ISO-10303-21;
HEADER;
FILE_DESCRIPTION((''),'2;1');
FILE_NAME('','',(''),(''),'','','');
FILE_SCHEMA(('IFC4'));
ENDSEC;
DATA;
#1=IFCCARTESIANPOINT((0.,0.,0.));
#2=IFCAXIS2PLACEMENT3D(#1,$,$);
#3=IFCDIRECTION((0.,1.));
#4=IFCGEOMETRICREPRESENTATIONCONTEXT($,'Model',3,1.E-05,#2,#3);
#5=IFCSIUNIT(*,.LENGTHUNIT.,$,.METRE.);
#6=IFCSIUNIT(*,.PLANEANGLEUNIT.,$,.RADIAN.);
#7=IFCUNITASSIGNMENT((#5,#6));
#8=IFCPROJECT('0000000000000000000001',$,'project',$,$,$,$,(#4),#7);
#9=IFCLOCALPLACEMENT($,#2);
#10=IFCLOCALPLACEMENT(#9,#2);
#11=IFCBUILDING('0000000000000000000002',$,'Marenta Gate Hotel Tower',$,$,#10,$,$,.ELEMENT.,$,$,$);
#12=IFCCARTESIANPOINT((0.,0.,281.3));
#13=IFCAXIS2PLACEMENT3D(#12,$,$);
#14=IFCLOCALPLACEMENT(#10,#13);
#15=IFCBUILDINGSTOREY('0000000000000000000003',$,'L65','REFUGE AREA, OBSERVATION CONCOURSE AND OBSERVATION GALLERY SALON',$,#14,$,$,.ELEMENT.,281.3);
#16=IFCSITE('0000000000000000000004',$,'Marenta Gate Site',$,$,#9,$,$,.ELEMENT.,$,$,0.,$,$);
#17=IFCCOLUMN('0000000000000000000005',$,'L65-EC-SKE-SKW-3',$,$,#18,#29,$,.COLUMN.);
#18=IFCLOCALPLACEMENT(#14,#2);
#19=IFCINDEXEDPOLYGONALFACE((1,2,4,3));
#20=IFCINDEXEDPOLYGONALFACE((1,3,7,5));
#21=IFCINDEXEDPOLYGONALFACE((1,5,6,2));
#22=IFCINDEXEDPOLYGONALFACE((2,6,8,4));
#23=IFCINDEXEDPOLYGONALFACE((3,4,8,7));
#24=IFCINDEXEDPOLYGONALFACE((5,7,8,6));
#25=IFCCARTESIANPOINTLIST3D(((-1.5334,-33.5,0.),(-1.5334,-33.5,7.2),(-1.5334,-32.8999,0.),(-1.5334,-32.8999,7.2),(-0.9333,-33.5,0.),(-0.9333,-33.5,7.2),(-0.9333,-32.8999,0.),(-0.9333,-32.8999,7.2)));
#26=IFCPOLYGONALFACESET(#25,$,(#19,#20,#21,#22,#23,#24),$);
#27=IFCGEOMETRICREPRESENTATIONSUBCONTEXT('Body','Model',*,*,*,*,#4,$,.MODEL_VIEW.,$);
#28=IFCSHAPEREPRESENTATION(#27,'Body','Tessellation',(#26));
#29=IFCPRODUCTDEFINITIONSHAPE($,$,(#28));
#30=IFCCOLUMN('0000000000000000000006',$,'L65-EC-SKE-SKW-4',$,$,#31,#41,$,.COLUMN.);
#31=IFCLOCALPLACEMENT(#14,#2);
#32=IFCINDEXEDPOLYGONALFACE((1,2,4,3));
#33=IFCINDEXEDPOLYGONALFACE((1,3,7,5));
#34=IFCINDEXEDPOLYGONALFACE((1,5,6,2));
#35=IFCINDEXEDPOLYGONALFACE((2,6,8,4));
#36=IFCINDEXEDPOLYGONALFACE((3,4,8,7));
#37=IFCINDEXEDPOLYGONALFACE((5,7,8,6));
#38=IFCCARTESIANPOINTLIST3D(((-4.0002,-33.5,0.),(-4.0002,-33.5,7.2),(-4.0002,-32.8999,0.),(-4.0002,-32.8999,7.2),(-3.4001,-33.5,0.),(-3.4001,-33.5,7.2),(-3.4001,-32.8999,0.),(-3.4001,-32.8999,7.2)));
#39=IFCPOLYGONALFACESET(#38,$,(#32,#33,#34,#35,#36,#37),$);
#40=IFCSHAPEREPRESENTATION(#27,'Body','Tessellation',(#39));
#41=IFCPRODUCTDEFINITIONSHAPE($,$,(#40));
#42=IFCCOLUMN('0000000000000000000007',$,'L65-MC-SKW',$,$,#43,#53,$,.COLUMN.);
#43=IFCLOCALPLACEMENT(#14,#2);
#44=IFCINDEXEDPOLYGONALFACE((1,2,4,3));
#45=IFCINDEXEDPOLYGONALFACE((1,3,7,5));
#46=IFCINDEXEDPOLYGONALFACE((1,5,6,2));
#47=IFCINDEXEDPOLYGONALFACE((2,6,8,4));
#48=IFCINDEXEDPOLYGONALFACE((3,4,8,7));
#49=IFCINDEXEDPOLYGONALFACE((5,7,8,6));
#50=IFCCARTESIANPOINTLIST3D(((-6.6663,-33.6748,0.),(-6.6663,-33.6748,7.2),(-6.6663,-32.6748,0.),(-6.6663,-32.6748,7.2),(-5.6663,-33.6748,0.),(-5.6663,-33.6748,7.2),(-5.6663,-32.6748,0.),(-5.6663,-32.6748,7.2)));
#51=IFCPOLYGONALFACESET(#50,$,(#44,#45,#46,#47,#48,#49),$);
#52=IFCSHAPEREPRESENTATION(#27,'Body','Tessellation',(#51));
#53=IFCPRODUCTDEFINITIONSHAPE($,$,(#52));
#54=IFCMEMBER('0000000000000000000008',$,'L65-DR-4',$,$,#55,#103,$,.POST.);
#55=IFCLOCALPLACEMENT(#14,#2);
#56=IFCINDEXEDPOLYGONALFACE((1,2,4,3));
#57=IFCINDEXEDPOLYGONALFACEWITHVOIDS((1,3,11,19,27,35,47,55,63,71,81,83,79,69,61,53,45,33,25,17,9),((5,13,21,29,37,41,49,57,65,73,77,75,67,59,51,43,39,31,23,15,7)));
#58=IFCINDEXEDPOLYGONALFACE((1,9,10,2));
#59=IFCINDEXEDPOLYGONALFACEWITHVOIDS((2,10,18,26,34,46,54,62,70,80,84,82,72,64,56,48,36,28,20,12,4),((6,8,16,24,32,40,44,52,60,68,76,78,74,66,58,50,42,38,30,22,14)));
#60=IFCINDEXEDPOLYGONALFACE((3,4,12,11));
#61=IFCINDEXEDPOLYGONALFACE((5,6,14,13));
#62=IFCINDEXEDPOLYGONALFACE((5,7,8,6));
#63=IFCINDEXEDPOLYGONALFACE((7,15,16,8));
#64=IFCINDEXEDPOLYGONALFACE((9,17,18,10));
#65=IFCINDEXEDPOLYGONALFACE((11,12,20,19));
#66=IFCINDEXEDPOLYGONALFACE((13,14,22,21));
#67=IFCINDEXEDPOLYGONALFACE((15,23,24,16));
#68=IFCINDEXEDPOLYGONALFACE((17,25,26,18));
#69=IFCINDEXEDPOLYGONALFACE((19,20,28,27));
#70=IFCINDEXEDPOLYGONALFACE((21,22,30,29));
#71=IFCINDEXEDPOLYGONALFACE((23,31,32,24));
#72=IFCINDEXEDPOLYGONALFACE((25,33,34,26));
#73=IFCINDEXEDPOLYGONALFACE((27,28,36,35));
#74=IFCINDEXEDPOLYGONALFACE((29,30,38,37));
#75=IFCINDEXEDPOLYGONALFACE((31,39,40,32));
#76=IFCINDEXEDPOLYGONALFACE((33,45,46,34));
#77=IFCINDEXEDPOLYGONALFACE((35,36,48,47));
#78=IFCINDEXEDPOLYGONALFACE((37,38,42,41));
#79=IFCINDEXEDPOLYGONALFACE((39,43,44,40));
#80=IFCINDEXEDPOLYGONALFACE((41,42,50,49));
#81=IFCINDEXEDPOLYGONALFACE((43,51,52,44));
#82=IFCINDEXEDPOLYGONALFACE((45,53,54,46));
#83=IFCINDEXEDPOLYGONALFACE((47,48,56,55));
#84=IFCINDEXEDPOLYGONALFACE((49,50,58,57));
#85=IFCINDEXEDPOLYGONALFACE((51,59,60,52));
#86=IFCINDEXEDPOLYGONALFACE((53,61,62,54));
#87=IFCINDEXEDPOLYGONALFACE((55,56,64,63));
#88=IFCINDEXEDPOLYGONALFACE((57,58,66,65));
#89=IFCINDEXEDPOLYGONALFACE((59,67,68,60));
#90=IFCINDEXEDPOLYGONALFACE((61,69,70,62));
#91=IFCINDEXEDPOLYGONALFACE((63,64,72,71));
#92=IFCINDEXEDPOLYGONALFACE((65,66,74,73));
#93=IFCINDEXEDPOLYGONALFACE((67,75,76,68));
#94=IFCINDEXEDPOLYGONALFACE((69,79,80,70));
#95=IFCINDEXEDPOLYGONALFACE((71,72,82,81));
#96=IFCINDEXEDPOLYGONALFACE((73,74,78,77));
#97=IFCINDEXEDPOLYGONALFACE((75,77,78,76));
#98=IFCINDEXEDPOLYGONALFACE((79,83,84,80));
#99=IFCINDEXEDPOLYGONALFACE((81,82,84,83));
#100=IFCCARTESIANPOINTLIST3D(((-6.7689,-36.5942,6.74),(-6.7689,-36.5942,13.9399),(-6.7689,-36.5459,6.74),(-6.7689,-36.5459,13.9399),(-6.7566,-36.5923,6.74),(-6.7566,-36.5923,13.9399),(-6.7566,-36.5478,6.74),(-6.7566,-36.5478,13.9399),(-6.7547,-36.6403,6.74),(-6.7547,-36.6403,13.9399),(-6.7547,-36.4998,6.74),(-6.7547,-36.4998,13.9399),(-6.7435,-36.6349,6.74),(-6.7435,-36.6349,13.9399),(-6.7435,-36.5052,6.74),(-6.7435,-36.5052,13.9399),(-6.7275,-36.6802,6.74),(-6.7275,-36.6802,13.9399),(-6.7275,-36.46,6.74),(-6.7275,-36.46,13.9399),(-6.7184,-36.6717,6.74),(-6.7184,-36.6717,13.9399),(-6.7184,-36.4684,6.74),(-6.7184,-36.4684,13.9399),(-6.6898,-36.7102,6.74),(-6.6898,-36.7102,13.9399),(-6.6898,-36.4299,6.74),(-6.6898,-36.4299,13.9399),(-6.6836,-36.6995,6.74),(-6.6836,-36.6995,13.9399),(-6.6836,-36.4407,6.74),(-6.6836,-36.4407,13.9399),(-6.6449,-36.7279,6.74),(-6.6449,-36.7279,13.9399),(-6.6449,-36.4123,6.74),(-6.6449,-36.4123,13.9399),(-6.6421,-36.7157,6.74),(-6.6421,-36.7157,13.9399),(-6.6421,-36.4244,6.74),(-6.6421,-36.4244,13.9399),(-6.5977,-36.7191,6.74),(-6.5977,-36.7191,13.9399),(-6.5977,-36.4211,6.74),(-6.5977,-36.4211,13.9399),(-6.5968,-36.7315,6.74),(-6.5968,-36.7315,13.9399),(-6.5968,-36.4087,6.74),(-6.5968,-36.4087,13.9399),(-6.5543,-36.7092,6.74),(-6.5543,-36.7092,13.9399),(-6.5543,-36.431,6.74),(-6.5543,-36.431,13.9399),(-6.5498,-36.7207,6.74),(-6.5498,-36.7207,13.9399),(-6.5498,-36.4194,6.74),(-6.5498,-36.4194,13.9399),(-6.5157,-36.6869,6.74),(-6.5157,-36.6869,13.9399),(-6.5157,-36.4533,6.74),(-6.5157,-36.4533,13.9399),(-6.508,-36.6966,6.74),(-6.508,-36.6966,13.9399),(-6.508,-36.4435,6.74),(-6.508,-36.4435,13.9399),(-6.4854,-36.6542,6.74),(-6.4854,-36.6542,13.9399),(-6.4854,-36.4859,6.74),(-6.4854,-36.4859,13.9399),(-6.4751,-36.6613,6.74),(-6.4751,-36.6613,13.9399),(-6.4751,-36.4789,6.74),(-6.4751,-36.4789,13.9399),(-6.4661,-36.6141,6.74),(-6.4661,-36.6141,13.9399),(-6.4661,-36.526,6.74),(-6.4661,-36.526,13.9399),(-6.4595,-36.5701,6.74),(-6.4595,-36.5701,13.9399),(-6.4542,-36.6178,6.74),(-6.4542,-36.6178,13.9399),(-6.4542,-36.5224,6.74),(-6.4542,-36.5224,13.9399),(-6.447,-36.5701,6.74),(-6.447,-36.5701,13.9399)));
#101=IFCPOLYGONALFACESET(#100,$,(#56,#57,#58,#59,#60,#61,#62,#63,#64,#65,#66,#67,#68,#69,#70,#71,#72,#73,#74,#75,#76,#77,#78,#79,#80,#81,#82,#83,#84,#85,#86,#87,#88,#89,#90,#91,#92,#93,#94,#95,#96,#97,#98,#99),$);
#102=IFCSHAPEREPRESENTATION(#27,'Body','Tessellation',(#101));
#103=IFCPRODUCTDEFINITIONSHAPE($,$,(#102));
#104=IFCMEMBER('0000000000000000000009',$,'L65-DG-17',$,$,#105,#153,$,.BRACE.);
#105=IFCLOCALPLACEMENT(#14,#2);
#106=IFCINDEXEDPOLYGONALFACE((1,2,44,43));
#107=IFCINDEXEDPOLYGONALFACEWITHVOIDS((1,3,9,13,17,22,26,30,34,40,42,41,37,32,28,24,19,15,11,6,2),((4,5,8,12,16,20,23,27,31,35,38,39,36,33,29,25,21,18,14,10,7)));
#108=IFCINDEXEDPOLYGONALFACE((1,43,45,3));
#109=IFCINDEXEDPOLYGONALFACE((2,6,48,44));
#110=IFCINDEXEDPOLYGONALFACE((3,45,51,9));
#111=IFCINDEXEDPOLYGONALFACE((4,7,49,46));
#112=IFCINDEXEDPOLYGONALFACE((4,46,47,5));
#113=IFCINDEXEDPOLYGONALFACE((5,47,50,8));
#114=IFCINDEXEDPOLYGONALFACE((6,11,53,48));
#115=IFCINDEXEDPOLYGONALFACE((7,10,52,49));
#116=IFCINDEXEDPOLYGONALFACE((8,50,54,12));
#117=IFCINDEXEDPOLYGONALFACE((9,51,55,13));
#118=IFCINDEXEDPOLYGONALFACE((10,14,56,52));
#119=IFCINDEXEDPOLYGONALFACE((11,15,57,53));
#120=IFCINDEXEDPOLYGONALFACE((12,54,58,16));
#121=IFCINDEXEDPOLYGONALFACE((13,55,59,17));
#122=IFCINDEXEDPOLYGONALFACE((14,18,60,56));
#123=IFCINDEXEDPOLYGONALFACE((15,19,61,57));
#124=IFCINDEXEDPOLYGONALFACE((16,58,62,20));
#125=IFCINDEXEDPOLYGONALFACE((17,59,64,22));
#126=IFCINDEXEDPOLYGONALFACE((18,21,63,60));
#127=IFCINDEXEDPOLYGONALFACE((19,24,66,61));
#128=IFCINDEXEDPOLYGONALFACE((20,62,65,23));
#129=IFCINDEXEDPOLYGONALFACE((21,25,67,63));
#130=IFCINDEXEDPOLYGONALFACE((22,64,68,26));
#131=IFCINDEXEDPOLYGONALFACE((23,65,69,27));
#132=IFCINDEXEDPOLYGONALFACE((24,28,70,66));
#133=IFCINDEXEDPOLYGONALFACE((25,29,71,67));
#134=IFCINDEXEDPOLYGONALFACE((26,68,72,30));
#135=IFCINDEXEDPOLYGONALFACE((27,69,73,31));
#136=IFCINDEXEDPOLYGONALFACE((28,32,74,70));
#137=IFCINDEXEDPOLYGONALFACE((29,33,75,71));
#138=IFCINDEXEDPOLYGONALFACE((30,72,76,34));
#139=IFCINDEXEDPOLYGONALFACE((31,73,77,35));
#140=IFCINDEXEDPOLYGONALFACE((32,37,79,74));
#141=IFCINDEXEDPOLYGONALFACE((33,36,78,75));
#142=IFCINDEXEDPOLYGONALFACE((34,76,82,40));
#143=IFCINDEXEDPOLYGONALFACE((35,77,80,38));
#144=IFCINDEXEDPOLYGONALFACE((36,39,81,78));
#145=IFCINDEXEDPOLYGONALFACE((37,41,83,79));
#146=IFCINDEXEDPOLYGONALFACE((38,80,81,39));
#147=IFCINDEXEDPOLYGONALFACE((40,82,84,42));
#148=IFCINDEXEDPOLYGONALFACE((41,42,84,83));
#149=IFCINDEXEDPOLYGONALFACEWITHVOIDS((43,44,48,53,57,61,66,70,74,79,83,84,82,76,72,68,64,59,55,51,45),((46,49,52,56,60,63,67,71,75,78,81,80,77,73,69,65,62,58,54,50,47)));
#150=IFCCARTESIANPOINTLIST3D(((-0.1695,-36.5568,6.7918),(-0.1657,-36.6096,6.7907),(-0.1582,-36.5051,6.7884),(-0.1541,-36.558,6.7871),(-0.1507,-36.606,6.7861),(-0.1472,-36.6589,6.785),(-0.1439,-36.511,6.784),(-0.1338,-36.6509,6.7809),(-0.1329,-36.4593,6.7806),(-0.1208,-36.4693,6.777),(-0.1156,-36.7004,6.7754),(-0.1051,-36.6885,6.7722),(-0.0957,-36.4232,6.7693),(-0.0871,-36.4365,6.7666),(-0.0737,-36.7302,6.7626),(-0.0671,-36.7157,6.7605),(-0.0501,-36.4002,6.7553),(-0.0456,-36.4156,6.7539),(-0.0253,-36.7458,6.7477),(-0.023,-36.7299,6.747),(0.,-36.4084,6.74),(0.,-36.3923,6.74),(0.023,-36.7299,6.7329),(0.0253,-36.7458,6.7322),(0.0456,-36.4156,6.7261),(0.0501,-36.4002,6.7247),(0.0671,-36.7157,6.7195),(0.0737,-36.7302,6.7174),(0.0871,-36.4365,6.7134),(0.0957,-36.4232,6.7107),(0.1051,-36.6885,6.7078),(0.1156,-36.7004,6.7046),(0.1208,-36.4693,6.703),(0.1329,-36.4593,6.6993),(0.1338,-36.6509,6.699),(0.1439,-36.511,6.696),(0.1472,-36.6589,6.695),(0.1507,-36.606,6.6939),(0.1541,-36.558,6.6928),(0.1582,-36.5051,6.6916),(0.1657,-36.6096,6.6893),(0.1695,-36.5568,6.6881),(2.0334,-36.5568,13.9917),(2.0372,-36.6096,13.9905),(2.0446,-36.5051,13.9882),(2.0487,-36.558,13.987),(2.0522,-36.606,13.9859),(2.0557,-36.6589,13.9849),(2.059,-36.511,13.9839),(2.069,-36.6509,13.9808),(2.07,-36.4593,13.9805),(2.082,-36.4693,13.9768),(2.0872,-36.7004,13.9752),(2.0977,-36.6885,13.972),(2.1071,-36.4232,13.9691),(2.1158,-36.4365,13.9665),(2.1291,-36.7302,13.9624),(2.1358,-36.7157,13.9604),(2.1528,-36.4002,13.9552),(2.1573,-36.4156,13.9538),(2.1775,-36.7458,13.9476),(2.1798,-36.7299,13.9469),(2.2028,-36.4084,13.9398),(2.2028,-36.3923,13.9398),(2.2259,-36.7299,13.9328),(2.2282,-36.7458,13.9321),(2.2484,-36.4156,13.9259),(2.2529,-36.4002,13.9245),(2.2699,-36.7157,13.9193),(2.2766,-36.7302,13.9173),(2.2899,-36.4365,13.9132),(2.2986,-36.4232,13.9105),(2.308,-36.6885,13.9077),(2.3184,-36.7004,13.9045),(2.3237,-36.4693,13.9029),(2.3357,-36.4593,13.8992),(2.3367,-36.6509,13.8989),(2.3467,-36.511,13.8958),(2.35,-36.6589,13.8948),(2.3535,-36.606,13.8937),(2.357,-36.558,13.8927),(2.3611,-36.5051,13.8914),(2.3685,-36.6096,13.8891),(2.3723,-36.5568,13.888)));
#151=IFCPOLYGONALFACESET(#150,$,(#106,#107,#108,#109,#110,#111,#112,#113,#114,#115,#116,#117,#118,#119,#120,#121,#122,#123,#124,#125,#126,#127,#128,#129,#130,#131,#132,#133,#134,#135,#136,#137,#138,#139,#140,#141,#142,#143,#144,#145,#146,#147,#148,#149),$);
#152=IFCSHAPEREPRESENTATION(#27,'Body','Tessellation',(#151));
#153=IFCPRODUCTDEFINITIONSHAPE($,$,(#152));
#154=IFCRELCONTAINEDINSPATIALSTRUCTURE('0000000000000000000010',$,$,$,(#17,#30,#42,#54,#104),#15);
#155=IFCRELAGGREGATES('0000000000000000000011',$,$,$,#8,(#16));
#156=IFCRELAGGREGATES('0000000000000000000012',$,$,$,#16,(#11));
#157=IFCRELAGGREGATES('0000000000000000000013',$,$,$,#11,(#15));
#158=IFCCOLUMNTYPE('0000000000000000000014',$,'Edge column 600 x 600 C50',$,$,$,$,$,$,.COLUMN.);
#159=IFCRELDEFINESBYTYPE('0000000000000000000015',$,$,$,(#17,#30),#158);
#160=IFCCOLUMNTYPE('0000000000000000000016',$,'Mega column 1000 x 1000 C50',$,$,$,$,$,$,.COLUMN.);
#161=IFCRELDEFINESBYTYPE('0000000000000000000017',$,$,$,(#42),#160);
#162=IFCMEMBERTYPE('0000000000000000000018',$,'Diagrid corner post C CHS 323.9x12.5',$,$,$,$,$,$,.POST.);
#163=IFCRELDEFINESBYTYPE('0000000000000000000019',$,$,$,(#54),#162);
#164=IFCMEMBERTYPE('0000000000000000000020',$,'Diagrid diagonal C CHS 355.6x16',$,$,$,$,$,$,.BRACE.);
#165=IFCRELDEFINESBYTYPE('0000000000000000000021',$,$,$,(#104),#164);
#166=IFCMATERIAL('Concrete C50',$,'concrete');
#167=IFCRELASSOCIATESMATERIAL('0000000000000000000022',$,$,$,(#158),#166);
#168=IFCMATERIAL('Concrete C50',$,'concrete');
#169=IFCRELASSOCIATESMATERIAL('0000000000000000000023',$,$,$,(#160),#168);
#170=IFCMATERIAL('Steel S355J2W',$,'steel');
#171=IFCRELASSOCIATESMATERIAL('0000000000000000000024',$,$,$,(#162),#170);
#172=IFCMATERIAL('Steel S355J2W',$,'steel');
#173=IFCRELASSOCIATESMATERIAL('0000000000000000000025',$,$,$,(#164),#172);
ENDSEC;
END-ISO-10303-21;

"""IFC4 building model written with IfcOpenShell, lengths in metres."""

from ifc_helpers import new_model, si_unit, direction, frame, origin, origin_2d, place, context, subcontext, project, spatial, rectangle, hollow_circle, extrude, material, material_profile, profile_set, type_object, element, save


model = new_model("IFC4")

# Units and contexts
model_context = context("Model", 3, precision=1e-05, world=origin(), true_north=direction((0.0, 1.0)))
body_context = subcontext(model_context, "Body", "Model", "MODEL_VIEW")
ifc_project = project(units=[si_unit("LENGTHUNIT", "METRE"), si_unit("PLANEANGLEUNIT", "RADIAN")], contexts=[model_context])

# Site, building, storey
site_placement = place(None, origin())
site = spatial("IfcSite", under=ifc_project, at=site_placement, Name="Marenta Gate Site", CompositionType="ELEMENT", RefElevation=0.0)
building_placement = place(site_placement, origin())
building = spatial("IfcBuilding", under=site, at=building_placement, Name="Marenta Gate Hotel Tower", CompositionType="ELEMENT")
storey_placement = place(building_placement, frame((0.0, 0.0, 281.3)))
storey = spatial("IfcBuildingStorey", under=building, at=storey_placement, Name="L65", Description="REFUGE AREA, OBSERVATION CONCOURSE AND OBSERVATION GALLERY SALON", CompositionType="ELEMENT", Elevation=281.3)

# Columns
ifc_material_1 = material(Name="Concrete C50", Category="concrete")
ifc_material_profile_1 = material_profile(ifc_material_1, rectangle(XDim=0.6001, YDim=0.6001, at=origin_2d()), Name="600 x 600")
ifc_profile_set_1 = profile_set([ifc_material_profile_1], Name="Concrete C50")
column_type_1 = type_object("IfcColumnType", Name="Edge column 600 x 600 C50", PredefinedType="COLUMN", material=ifc_profile_set_1)
for number, where, z_axis, x_axis, name in (
    (1, (-1.2334, -33.2, 0.0), (0.0, 0.0, 1.0), (1.0, 0.0, 0.0), "L65-EC-SKE-SKW-3"),
    (2, (-3.7002, -33.2, 0.0), (0.0, 0.0, 1.0), (1.0, 0.0, 0.0), "L65-EC-SKE-SKW-4"),
):
    element("IfcColumn", number, at=place(storey_placement, frame(where, z_axis=z_axis, x_axis=x_axis)), inside=storey, type_object=column_type_1, Name=name, PredefinedType="COLUMN", context=body_context, shape_type="SweptSolid", body=[
        extrude(rectangle(XDim=0.6001, YDim=0.6001, at=origin_2d()), origin(), (0.0, 0.0, 1.0), 7.2),
    ])
ifc_material_2 = material(Name="Concrete C50", Category="concrete")
ifc_material_profile_2 = material_profile(ifc_material_2, rectangle(XDim=1.0, YDim=1.0, at=origin_2d()), Name="1000 x 1000")
ifc_profile_set_2 = profile_set([ifc_material_profile_2], Name="Concrete C50")
column_type_2 = type_object("IfcColumnType", Name="Mega column 1000 x 1000 C50", PredefinedType="COLUMN", material=ifc_profile_set_2)
column_placement = place(storey_placement, frame((-6.1663, -33.1748, 0.0), z_axis=(0.0, 0.0, 1.0), x_axis=(1.0, 0.0, 0.0)))
element("IfcColumn", 3, at=column_placement, inside=storey, type_object=column_type_2, Name="L65-MC-SKW", PredefinedType="COLUMN", context=body_context, shape_type="SweptSolid", body=[
    extrude(rectangle(XDim=1.0, YDim=1.0, at=origin_2d()), origin(), (0.0, 0.0, 1.0), 7.2),
])

# Members
ifc_material_3 = material(Name="Steel S355J2W", Category="steel")
ifc_material_profile_3 = material_profile(ifc_material_3, hollow_circle(Radius=0.1619, WallThickness=0.0125, at=origin_2d()), Name="CHS 323.9x12.5")
ifc_profile_set_3 = profile_set([ifc_material_profile_3], Name="Steel S355J2W")
member_type_1 = type_object("IfcMemberType", Name="Diagrid corner post C CHS 323.9x12.5", PredefinedType="POST", material=ifc_profile_set_3)
member_1_placement = place(storey_placement, frame((-6.6089, -36.5701, 6.74), z_axis=(0.0, 0.0, 1.0), x_axis=(1.0, 0.0, 0.0)))
element("IfcMember", 4, at=member_1_placement, inside=storey, type_object=member_type_1, Name="L65-DR-4", PredefinedType="POST", context=body_context, shape_type="SweptSolid", body=[
    extrude(hollow_circle(Radius=0.1619, WallThickness=0.0125, at=origin_2d()), origin(), (0.0, 0.0, 1.0), 7.2),
])
ifc_material_4 = material(Name="Steel S355J2W", Category="steel")
ifc_material_profile_4 = material_profile(ifc_material_4, hollow_circle(Radius=0.1777, WallThickness=0.0161, at=origin_2d()), Name="CHS 355.6x16")
ifc_profile_set_4 = profile_set([ifc_material_profile_4], Name="Steel S355J2W")
member_type_2 = type_object("IfcMemberType", Name="Diagrid diagonal C CHS 355.6x16", PredefinedType="BRACE", material=ifc_profile_set_4)
member_2_placement = place(storey_placement, frame((0.0, -36.5701, 6.74), z_axis=(0.29257, 0.0, 0.956244), x_axis=(0.0, 1.0, 0.0)))
element("IfcMember", 5, at=member_2_placement, inside=storey, type_object=member_type_2, Name="L65-DG-17", PredefinedType="BRACE", context=body_context, shape_type="SweptSolid", body=[
    extrude(hollow_circle(Radius=0.1777, WallThickness=0.0161, at=origin_2d()), origin(), (0.0, 0.0, 1.0), 7.5293),
])

save(model, "model.ifc")
